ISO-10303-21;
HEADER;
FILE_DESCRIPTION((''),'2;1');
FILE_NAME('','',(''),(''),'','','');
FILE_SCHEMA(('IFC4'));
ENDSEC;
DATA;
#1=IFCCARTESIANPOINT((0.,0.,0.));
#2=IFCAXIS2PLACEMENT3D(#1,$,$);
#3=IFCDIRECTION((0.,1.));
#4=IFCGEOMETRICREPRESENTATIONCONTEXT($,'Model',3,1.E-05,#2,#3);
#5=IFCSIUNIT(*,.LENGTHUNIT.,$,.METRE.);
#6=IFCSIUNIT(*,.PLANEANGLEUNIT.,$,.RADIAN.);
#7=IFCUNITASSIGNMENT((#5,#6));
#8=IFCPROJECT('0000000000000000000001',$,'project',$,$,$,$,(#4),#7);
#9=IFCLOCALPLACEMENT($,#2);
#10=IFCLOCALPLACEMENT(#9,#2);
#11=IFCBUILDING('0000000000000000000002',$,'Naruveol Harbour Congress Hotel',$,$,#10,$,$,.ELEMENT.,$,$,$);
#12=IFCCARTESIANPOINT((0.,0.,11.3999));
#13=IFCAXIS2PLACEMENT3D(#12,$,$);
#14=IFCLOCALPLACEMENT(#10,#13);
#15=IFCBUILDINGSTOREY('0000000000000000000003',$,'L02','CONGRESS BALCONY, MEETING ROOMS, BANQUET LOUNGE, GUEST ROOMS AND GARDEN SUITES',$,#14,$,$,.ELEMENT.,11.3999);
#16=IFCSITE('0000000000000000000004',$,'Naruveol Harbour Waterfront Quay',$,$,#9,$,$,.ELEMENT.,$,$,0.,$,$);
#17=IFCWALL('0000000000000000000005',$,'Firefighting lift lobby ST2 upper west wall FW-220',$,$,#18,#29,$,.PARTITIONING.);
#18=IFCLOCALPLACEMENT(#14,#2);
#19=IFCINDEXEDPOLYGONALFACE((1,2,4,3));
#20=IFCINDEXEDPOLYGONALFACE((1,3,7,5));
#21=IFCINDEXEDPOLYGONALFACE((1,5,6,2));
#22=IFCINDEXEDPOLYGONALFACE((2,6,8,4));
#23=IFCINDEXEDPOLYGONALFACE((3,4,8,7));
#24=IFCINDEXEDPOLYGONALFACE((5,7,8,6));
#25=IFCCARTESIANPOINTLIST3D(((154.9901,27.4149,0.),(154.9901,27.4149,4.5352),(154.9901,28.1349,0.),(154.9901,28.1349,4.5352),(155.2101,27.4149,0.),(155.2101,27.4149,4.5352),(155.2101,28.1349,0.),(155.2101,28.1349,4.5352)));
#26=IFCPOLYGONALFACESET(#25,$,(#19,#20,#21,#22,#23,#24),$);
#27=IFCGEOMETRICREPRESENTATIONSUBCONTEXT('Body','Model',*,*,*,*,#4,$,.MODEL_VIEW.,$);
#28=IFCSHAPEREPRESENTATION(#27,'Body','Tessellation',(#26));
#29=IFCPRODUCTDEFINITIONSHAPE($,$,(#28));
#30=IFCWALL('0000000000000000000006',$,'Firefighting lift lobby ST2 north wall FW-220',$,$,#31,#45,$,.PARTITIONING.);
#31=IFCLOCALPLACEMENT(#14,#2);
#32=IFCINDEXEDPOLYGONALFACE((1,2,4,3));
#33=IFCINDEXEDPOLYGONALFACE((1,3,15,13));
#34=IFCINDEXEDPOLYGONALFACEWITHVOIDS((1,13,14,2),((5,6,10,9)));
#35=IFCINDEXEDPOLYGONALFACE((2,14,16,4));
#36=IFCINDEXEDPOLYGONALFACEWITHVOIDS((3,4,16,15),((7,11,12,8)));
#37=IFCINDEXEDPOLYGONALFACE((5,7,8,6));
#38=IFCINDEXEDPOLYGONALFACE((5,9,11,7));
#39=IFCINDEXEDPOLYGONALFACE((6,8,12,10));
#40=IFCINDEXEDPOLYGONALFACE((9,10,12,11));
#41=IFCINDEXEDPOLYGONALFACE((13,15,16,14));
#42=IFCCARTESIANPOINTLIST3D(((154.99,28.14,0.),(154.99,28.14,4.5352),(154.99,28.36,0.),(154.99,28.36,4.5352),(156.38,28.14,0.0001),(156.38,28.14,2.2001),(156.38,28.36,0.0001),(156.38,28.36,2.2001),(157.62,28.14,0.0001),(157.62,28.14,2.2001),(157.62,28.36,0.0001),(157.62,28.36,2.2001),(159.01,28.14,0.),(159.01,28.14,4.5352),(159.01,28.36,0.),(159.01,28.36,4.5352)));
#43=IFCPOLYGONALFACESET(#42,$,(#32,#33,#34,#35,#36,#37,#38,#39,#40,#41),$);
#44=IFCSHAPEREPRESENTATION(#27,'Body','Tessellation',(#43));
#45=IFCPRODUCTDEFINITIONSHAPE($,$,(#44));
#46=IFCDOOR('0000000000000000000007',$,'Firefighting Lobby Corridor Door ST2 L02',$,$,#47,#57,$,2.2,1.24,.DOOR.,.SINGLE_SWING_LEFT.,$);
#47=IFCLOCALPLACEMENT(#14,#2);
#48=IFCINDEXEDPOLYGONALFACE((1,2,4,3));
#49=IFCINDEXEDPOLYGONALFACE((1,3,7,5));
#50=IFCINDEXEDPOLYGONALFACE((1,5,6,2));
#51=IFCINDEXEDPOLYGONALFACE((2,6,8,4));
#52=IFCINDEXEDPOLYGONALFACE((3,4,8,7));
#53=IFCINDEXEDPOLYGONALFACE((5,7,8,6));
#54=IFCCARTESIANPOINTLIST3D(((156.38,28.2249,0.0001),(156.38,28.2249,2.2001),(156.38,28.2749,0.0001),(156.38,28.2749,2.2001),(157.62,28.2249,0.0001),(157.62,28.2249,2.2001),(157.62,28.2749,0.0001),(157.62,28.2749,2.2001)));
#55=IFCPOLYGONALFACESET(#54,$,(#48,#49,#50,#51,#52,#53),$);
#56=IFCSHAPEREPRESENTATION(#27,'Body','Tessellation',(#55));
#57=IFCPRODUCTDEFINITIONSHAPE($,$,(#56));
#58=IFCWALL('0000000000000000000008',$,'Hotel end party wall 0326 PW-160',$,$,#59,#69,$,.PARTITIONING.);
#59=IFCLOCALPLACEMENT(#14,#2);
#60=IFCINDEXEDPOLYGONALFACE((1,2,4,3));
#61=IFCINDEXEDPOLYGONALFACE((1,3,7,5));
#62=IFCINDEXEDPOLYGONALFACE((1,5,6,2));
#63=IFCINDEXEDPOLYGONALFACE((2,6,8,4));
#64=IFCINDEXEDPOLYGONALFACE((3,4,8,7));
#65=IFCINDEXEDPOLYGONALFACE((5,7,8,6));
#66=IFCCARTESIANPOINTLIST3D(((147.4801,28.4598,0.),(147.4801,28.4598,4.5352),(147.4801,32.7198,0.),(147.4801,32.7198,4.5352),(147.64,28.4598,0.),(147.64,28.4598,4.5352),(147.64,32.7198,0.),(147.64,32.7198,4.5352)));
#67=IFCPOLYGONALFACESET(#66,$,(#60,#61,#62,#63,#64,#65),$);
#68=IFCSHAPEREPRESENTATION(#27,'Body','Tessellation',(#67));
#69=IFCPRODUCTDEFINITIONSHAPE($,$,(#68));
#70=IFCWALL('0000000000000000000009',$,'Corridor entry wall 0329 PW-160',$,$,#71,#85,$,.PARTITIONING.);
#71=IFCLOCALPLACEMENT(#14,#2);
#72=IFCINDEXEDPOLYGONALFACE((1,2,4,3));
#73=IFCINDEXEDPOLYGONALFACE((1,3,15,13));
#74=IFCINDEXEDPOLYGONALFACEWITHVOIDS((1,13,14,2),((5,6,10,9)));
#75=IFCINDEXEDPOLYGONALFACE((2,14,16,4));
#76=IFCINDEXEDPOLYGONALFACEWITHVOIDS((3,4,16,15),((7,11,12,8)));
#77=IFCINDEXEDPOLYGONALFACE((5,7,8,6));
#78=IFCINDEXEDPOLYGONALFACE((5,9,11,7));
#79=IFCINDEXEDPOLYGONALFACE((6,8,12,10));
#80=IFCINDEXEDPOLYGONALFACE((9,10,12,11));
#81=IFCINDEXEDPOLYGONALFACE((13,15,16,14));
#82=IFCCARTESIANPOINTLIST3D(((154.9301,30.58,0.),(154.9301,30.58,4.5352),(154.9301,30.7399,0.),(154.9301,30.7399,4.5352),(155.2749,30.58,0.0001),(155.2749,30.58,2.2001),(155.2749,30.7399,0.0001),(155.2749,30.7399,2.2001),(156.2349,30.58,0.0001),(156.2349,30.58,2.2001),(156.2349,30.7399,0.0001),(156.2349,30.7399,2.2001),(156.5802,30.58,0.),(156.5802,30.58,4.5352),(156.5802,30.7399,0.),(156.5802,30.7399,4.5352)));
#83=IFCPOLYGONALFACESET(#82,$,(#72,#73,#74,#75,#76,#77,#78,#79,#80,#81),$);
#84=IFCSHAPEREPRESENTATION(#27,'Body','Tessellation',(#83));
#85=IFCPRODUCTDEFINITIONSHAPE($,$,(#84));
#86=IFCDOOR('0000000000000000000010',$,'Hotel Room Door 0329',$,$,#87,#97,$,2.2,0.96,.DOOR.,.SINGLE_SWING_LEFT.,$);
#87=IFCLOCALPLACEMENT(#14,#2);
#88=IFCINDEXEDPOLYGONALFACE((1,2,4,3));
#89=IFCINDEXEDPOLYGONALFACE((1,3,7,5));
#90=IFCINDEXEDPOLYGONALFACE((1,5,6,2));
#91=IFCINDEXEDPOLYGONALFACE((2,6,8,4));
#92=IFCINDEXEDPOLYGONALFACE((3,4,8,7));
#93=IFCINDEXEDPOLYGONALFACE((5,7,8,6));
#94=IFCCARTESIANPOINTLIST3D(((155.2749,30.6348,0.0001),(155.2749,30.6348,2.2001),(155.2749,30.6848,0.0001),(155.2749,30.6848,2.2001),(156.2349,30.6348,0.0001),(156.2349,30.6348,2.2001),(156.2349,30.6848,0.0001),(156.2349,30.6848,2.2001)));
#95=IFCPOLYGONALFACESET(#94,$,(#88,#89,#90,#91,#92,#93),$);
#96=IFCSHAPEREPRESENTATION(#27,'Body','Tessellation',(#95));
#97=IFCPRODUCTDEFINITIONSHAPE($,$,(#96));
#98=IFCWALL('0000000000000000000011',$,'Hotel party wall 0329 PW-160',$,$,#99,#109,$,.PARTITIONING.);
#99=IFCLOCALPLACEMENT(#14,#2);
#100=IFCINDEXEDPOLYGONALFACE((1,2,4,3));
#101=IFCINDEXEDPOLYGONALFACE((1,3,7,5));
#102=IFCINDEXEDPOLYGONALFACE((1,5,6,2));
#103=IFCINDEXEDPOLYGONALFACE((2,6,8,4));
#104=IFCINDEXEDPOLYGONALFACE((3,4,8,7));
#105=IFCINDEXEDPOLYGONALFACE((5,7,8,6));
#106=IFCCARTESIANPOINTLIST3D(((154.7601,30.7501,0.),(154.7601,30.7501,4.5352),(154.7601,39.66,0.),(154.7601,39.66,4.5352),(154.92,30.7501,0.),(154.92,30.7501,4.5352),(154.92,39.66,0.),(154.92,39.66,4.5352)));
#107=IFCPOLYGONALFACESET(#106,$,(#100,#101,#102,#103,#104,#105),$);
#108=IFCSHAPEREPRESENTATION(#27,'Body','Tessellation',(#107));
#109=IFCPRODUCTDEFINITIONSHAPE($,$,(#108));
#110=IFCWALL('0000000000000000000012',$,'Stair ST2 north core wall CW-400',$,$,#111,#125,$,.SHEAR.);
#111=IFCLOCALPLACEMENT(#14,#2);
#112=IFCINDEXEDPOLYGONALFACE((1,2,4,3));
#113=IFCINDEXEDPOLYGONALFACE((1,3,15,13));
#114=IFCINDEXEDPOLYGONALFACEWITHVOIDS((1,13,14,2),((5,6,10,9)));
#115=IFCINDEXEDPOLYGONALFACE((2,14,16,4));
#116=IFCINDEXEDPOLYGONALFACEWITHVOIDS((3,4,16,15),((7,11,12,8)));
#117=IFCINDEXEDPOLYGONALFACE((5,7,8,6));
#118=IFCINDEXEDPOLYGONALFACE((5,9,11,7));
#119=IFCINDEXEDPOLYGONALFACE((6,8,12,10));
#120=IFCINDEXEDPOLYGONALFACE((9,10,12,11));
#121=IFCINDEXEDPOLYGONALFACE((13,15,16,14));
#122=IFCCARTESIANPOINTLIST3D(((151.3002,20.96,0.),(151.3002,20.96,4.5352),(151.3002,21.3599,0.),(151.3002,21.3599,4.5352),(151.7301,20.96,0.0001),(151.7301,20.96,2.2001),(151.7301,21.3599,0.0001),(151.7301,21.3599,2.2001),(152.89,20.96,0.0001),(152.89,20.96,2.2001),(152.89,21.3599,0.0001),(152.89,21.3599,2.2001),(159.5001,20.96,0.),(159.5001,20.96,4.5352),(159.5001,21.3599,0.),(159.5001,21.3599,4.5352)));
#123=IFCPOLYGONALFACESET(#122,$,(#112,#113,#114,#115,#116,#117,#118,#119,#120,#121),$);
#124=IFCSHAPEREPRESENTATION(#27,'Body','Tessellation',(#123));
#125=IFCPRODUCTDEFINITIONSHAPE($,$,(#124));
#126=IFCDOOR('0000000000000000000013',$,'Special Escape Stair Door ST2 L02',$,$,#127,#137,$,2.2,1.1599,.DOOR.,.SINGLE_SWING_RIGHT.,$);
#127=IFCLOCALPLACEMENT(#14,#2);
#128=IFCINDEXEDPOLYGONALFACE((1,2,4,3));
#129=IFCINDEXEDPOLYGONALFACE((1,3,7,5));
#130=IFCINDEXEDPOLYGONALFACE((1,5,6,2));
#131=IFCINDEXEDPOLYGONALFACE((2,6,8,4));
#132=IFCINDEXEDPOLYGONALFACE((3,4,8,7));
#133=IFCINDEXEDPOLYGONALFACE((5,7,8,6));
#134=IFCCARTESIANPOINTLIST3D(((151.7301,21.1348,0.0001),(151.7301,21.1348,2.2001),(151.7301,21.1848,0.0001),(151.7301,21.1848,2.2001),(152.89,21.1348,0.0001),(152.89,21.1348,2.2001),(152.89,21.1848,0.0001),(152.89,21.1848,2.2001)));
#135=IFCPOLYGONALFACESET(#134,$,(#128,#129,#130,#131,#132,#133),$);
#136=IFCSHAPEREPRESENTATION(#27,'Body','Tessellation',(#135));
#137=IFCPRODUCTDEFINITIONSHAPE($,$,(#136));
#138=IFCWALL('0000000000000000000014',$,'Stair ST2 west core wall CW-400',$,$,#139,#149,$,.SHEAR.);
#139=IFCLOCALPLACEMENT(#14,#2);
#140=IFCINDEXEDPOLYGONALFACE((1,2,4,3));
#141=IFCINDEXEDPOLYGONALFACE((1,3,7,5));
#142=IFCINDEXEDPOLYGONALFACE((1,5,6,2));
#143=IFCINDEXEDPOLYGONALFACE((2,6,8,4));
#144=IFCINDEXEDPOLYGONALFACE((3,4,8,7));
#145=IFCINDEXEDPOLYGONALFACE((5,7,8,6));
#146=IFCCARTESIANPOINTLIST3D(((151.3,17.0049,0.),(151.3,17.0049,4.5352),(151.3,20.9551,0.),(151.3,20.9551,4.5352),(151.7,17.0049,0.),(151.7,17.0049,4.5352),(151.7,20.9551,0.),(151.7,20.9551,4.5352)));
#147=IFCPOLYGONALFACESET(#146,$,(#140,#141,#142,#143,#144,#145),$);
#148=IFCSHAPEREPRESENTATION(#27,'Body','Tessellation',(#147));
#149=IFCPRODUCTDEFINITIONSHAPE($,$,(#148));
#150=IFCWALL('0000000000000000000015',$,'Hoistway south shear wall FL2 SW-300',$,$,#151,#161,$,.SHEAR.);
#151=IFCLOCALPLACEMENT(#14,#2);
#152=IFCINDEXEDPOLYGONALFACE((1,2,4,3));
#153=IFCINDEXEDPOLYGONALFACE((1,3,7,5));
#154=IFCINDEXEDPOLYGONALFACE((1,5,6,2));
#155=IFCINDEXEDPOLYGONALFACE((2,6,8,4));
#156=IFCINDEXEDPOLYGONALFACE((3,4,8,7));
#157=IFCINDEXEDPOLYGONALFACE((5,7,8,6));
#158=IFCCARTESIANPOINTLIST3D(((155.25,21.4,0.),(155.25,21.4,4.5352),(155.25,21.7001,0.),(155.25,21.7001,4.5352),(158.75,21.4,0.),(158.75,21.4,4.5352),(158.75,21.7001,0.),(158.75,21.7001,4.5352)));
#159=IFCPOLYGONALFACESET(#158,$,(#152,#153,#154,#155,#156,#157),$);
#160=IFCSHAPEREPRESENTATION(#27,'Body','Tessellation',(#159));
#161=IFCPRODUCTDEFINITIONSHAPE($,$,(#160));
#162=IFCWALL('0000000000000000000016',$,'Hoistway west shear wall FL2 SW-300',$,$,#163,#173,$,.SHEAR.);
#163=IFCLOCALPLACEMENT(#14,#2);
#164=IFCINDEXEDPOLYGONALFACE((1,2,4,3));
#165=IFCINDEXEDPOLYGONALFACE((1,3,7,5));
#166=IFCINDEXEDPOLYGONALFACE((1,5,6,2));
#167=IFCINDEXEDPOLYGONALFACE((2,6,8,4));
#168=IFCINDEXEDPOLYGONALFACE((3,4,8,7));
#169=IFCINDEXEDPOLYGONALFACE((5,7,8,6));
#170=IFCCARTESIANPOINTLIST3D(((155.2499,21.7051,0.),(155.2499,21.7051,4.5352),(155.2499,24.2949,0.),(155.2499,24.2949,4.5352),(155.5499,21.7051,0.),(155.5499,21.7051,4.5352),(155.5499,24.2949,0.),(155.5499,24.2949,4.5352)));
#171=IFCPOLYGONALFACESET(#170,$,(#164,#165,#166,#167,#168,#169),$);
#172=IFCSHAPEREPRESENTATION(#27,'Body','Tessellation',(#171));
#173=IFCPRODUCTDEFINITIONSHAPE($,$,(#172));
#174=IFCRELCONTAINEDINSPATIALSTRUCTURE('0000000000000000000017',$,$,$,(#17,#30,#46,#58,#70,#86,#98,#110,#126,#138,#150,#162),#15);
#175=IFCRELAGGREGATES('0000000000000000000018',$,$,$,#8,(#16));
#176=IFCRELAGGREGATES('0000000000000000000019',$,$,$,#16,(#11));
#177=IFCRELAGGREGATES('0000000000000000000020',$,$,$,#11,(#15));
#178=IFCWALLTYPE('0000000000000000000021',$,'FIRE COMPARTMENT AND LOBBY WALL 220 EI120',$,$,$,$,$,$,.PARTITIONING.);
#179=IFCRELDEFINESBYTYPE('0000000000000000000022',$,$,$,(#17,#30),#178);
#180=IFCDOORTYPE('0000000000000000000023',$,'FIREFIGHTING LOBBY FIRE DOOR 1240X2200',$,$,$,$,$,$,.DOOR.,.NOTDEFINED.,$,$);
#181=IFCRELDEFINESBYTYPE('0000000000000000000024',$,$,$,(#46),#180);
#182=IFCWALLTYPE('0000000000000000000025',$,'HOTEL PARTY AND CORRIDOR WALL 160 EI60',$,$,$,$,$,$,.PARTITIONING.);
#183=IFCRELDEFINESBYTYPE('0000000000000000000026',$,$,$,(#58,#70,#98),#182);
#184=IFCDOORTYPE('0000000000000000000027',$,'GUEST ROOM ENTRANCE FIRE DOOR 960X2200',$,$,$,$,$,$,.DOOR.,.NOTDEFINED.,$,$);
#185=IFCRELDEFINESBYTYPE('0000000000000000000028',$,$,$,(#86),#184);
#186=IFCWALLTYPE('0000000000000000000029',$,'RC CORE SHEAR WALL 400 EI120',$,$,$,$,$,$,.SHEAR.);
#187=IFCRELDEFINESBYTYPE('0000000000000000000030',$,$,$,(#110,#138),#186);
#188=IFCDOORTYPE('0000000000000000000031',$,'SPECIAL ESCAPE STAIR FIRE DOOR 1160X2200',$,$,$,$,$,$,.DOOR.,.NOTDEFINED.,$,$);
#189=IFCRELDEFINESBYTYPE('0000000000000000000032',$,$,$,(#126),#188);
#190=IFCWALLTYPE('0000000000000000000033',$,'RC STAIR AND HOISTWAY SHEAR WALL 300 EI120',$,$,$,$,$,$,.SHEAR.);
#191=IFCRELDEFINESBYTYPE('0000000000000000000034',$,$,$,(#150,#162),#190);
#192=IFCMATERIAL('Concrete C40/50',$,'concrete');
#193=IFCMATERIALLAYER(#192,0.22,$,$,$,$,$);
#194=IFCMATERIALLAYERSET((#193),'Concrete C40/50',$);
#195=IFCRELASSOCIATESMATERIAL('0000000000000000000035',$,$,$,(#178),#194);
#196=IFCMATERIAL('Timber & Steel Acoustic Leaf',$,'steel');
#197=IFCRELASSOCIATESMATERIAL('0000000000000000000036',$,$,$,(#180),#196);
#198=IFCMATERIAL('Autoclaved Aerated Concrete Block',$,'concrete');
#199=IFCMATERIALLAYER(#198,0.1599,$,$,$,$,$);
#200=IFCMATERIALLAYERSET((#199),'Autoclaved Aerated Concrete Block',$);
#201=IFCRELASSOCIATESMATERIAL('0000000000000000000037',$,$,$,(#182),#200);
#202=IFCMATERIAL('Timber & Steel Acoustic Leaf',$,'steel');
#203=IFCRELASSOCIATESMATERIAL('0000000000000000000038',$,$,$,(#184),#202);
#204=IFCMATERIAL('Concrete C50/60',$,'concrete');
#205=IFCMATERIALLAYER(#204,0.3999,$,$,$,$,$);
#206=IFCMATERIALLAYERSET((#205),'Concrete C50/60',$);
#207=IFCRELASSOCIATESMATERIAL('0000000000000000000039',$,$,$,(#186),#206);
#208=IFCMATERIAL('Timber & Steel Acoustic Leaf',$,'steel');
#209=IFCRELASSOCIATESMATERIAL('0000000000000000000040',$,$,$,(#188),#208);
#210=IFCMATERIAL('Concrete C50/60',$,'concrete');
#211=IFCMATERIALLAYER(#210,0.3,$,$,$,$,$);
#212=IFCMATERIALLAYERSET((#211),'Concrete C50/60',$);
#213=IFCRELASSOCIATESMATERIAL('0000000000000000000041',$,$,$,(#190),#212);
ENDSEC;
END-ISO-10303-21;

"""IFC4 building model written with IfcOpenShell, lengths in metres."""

from ifc_helpers import new_model, si_unit, direction, frame, frame_2d, origin, place, context, subcontext, project, spatial, rectangle, extrude, material, layer, layer_set, type_object, element, fill, save


model = new_model("IFC4")

# Units and contexts
model_context = context("Model", 3, precision=1e-05, world=origin(), true_north=direction((0.0, 1.0)))
body_context = subcontext(model_context, "Body", "Model", "MODEL_VIEW")
ifc_project = project(units=[si_unit("LENGTHUNIT", "METRE"), si_unit("PLANEANGLEUNIT", "RADIAN")], contexts=[model_context])

# Site, building, storey
site_placement = place(None, origin())
site = spatial("IfcSite", under=ifc_project, at=site_placement, Name="Naruveol Harbour Waterfront Quay", CompositionType="ELEMENT", RefElevation=0.0)
building_placement = place(site_placement, origin())
building = spatial("IfcBuilding", under=site, at=building_placement, Name="Naruveol Harbour Congress Hotel", CompositionType="ELEMENT")
storey_placement = place(building_placement, frame((0.0, 0.0, 11.3999)))
storey = spatial("IfcBuildingStorey", under=building, at=storey_placement, Name="L02", Description="CONGRESS BALCONY, MEETING ROOMS, BANQUET LOUNGE, GUEST ROOMS AND GARDEN SUITES", CompositionType="ELEMENT", Elevation=11.3999)

# Shared definitions
ifc_material_1 = material(Name="Concrete C40/50", Category="concrete")
ifc_layer_1 = layer(ifc_material_1, 0.22)
ifc_layer_set_1 = layer_set([ifc_layer_1], Name="Concrete C40/50")
wall_type_1 = type_object("IfcWallType", Name="FIRE COMPARTMENT AND LOBBY WALL 220 EI120", PredefinedType="PARTITIONING", material=ifc_layer_set_1)

# Shared definitions
ifc_material_2 = material(Name="Timber & Steel Acoustic Leaf", Category="steel")
door_type_1 = type_object("IfcDoorType", Name="FIREFIGHTING LOBBY FIRE DOOR 1240X2200", OperationType="NOTDEFINED", PredefinedType="DOOR", material=ifc_material_2)

# Wall
wall_1_placement = place(storey_placement, frame((155.1001, 27.415, 0.0), z_axis=(0.0, 0.0, 1.0), x_axis=(0.0, 1.0, 0.0)))
element("IfcWall", 1, at=wall_1_placement, inside=storey, type_object=wall_type_1, Name="Firefighting lift lobby ST2 upper west wall FW-220", PredefinedType="PARTITIONING", context=body_context, shape_type="SweptSolid", body=[
    extrude(rectangle(XDim=0.72, YDim=0.22, at=frame_2d((0.3599, 0.0))), origin(), (0.0, 0.0, 1.0), 4.5352),
])

# Wall, opening, door
wall_2_placement = place(storey_placement, frame((154.99, 28.25, 0.0), z_axis=(0.0, 0.0, 1.0), x_axis=(1.0, 0.0, 0.0)))
wall_2 = element("IfcWall", 2, at=wall_2_placement, inside=storey, type_object=wall_type_1, Name="Firefighting lift lobby ST2 north wall FW-220", PredefinedType="PARTITIONING", context=body_context, shape_type="SweptSolid", body=[
    extrude(rectangle(XDim=4.02, YDim=0.22, at=frame_2d((2.01, 0.0))), origin(), (0.0, 0.0, 1.0), 4.5352),
])
opening_1_placement = place(wall_2_placement, frame((1.3899, 0.0, 0.0)))
opening_1 = element("IfcOpeningElement", 3, at=opening_1_placement, cuts=wall_2, PredefinedType="OPENING", context=body_context, shape_type="SweptSolid", body=[
    extrude(rectangle(XDim=1.24, YDim=2.2, at=frame_2d((0.6201, 1.1001))), frame((0.0, 0.1199, 0.0), z_axis=(0.0, -1.0, 0.0), x_axis=(1.0, 0.0, 0.0)), (0.0, 0.0, 1.0), 0.24),
])
door_1_placement = place(opening_1_placement, origin())
door_1 = element("IfcDoor", 4, at=door_1_placement, inside=storey, type_object=door_type_1, Name="Firefighting Lobby Corridor Door ST2 L02", OperationType="SINGLE_SWING_LEFT", OverallHeight=2.2, OverallWidth=1.24, PredefinedType="DOOR", context=body_context, shape_type="SweptSolid", body=[
    extrude(rectangle(XDim=1.24, YDim=2.2, at=frame_2d((0.6201, 1.1001))), frame((0.0, 0.0249, 0.0), z_axis=(0.0, -1.0, 0.0), x_axis=(1.0, 0.0, 0.0)), (0.0, 0.0, 1.0), 0.05),
])
fill(opening_1, door_1)

# Wall
ifc_material_3 = material(Name="Autoclaved Aerated Concrete Block", Category="concrete")
ifc_layer_2 = layer(ifc_material_3, 0.1599)
ifc_layer_set_2 = layer_set([ifc_layer_2], Name="Autoclaved Aerated Concrete Block")
wall_type_2 = type_object("IfcWallType", Name="HOTEL PARTY AND CORRIDOR WALL 160 EI60", PredefinedType="PARTITIONING", material=ifc_layer_set_2)
wall_3_placement = place(storey_placement, frame((147.5601, 28.46, 0.0), z_axis=(0.0, 0.0, 1.0), x_axis=(0.0, 1.0, 0.0)))
element("IfcWall", 5, at=wall_3_placement, inside=storey, type_object=wall_type_2, Name="Hotel end party wall 0326 PW-160", PredefinedType="PARTITIONING", context=body_context, shape_type="SweptSolid", body=[
    extrude(rectangle(XDim=4.26, YDim=0.1599, at=frame_2d((2.1299, 0.0))), origin(), (0.0, 0.0, 1.0), 4.5352),
])

# Wall, opening, door
wall_4_placement = place(storey_placement, frame((154.9299, 30.6599, 0.0), z_axis=(0.0, 0.0, 1.0), x_axis=(1.0, 0.0, 0.0)))
wall_4 = element("IfcWall", 6, at=wall_4_placement, inside=storey, type_object=wall_type_2, Name="Corridor entry wall 0329 PW-160", PredefinedType="PARTITIONING", context=body_context, shape_type="SweptSolid", body=[
    extrude(rectangle(XDim=1.6501, YDim=0.1599, at=frame_2d((0.8252, 0.0))), origin(), (0.0, 0.0, 1.0), 4.5352),
])
opening_2_placement = place(wall_4_placement, frame((0.345, 0.0, 0.0)))
opening_2 = element("IfcOpeningElement", 7, at=opening_2_placement, cuts=wall_4, PredefinedType="OPENING", context=body_context, shape_type="SweptSolid", body=[
    extrude(rectangle(XDim=0.96, YDim=2.2, at=frame_2d((0.48, 1.1001))), frame((0.0, 0.0898, 0.0), z_axis=(0.0, -1.0, 0.0), x_axis=(1.0, 0.0, 0.0)), (0.0, 0.0, 1.0), 0.1799),
])
ifc_material_4 = material(Name="Timber & Steel Acoustic Leaf", Category="steel")
door_type_2 = type_object("IfcDoorType", Name="GUEST ROOM ENTRANCE FIRE DOOR 960X2200", OperationType="NOTDEFINED", PredefinedType="DOOR", material=ifc_material_4)
door_2_placement = place(opening_2_placement, origin())
door_2 = element("IfcDoor", 8, at=door_2_placement, inside=storey, type_object=door_type_2, Name="Hotel Room Door 0329", OperationType="SINGLE_SWING_LEFT", OverallHeight=2.2, OverallWidth=0.96, PredefinedType="DOOR", context=body_context, shape_type="SweptSolid", body=[
    extrude(rectangle(XDim=0.96, YDim=2.2, at=frame_2d((0.48, 1.1001))), frame((0.0, 0.0249, 0.0), z_axis=(0.0, -1.0, 0.0), x_axis=(1.0, 0.0, 0.0)), (0.0, 0.0, 1.0), 0.05),
])
fill(opening_2, door_2)

# Wall
wall_5_placement = place(storey_placement, frame((154.8401, 30.75, 0.0), z_axis=(0.0, 0.0, 1.0), x_axis=(0.0, 1.0, 0.0)))
element("IfcWall", 9, at=wall_5_placement, inside=storey, type_object=wall_type_2, Name="Hotel party wall 0329 PW-160", PredefinedType="PARTITIONING", context=body_context, shape_type="SweptSolid", body=[
    extrude(rectangle(XDim=8.9099, YDim=0.1599, at=frame_2d((4.4551, 0.0))), origin(), (0.0, 0.0, 1.0), 4.5352),
])

# Wall, opening, door
ifc_material_5 = material(Name="Concrete C50/60", Category="concrete")
ifc_layer_3 = layer(ifc_material_5, 0.3999)
ifc_layer_set_3 = layer_set([ifc_layer_3], Name="Concrete C50/60")
wall_type_3 = type_object("IfcWallType", Name="RC CORE SHEAR WALL 400 EI120", PredefinedType="SHEAR", material=ifc_layer_set_3)
wall_6_placement = place(storey_placement, frame((151.3, 21.1599, 0.0), z_axis=(0.0, 0.0, 1.0), x_axis=(1.0, 0.0, 0.0)))
wall_6 = element("IfcWall", 10, at=wall_6_placement, inside=storey, type_object=wall_type_3, Name="Stair ST2 north core wall CW-400", PredefinedType="SHEAR", context=body_context, shape_type="SweptSolid", body=[
    extrude(rectangle(XDim=8.2, YDim=0.3999, at=frame_2d((4.1001, 0.0))), origin(), (0.0, 0.0, 1.0), 4.5352),
])
opening_3_placement = place(wall_6_placement, frame((0.4299, 0.0, 0.0)))
opening_3 = element("IfcOpeningElement", 11, at=opening_3_placement, cuts=wall_6, PredefinedType="OPENING", context=body_context, shape_type="SweptSolid", body=[
    extrude(rectangle(XDim=1.1599, YDim=2.2, at=frame_2d((0.5801, 1.1001))), frame((0.0, 0.21, 0.0), z_axis=(0.0, -1.0, 0.0), x_axis=(1.0, 0.0, 0.0)), (0.0, 0.0, 1.0), 0.4199),
])
ifc_material_6 = material(Name="Timber & Steel Acoustic Leaf", Category="steel")
door_type_3 = type_object("IfcDoorType", Name="SPECIAL ESCAPE STAIR FIRE DOOR 1160X2200", OperationType="NOTDEFINED", PredefinedType="DOOR", material=ifc_material_6)
door_3_placement = place(opening_3_placement, origin())
door_3 = element("IfcDoor", 12, at=door_3_placement, inside=storey, type_object=door_type_3, Name="Special Escape Stair Door ST2 L02", OperationType="SINGLE_SWING_RIGHT", OverallHeight=2.2, OverallWidth=1.1599, PredefinedType="DOOR", context=body_context, shape_type="SweptSolid", body=[
    extrude(rectangle(XDim=1.1599, YDim=2.2, at=frame_2d((0.5801, 1.1001))), frame((0.0, 0.0249, 0.0), z_axis=(0.0, -1.0, 0.0), x_axis=(1.0, 0.0, 0.0)), (0.0, 0.0, 1.0), 0.05),
])
fill(opening_3, door_3)

# Walls
wall_7_placement = place(storey_placement, frame((151.5, 17.0049, 0.0), z_axis=(0.0, 0.0, 1.0), x_axis=(0.0, 1.0, 0.0)))
element("IfcWall", 13, at=wall_7_placement, inside=storey, type_object=wall_type_3, Name="Stair ST2 west core wall CW-400", PredefinedType="SHEAR", context=body_context, shape_type="SweptSolid", body=[
    extrude(rectangle(XDim=3.9502, YDim=0.3999, at=frame_2d((1.9751, 0.0))), origin(), (0.0, 0.0, 1.0), 4.5352),
])
ifc_material_7 = material(Name="Concrete C50/60", Category="concrete")
ifc_layer_4 = layer(ifc_material_7, 0.3)
ifc_layer_set_4 = layer_set([ifc_layer_4], Name="Concrete C50/60")
wall_type_4 = type_object("IfcWallType", Name="RC STAIR AND HOISTWAY SHEAR WALL 300 EI120", PredefinedType="SHEAR", material=ifc_layer_set_4)
wall_8_placement = place(storey_placement, frame((155.25, 21.55, 0.0), z_axis=(0.0, 0.0, 1.0), x_axis=(1.0, 0.0, 0.0)))
element("IfcWall", 14, at=wall_8_placement, inside=storey, type_object=wall_type_4, Name="Hoistway south shear wall FL2 SW-300", PredefinedType="SHEAR", context=body_context, shape_type="SweptSolid", body=[
    extrude(rectangle(XDim=3.5, YDim=0.3, at=frame_2d((1.75, 0.0))), origin(), (0.0, 0.0, 1.0), 4.5352),
])
wall_9_placement = place(storey_placement, frame((155.3999, 24.2949, 0.0), z_axis=(0.0, 0.0, 1.0), x_axis=(0.0, -1.0, 0.0)))
element("IfcWall", 15, at=wall_9_placement, inside=storey, type_object=wall_type_4, Name="Hoistway west shear wall FL2 SW-300", PredefinedType="SHEAR", context=body_context, shape_type="SweptSolid", body=[
    extrude(rectangle(XDim=2.5898, YDim=0.3, at=frame_2d((1.2949, 0.0))), origin(), (0.0, 0.0, 1.0), 4.5352),
])

save(model, "model.ifc")
